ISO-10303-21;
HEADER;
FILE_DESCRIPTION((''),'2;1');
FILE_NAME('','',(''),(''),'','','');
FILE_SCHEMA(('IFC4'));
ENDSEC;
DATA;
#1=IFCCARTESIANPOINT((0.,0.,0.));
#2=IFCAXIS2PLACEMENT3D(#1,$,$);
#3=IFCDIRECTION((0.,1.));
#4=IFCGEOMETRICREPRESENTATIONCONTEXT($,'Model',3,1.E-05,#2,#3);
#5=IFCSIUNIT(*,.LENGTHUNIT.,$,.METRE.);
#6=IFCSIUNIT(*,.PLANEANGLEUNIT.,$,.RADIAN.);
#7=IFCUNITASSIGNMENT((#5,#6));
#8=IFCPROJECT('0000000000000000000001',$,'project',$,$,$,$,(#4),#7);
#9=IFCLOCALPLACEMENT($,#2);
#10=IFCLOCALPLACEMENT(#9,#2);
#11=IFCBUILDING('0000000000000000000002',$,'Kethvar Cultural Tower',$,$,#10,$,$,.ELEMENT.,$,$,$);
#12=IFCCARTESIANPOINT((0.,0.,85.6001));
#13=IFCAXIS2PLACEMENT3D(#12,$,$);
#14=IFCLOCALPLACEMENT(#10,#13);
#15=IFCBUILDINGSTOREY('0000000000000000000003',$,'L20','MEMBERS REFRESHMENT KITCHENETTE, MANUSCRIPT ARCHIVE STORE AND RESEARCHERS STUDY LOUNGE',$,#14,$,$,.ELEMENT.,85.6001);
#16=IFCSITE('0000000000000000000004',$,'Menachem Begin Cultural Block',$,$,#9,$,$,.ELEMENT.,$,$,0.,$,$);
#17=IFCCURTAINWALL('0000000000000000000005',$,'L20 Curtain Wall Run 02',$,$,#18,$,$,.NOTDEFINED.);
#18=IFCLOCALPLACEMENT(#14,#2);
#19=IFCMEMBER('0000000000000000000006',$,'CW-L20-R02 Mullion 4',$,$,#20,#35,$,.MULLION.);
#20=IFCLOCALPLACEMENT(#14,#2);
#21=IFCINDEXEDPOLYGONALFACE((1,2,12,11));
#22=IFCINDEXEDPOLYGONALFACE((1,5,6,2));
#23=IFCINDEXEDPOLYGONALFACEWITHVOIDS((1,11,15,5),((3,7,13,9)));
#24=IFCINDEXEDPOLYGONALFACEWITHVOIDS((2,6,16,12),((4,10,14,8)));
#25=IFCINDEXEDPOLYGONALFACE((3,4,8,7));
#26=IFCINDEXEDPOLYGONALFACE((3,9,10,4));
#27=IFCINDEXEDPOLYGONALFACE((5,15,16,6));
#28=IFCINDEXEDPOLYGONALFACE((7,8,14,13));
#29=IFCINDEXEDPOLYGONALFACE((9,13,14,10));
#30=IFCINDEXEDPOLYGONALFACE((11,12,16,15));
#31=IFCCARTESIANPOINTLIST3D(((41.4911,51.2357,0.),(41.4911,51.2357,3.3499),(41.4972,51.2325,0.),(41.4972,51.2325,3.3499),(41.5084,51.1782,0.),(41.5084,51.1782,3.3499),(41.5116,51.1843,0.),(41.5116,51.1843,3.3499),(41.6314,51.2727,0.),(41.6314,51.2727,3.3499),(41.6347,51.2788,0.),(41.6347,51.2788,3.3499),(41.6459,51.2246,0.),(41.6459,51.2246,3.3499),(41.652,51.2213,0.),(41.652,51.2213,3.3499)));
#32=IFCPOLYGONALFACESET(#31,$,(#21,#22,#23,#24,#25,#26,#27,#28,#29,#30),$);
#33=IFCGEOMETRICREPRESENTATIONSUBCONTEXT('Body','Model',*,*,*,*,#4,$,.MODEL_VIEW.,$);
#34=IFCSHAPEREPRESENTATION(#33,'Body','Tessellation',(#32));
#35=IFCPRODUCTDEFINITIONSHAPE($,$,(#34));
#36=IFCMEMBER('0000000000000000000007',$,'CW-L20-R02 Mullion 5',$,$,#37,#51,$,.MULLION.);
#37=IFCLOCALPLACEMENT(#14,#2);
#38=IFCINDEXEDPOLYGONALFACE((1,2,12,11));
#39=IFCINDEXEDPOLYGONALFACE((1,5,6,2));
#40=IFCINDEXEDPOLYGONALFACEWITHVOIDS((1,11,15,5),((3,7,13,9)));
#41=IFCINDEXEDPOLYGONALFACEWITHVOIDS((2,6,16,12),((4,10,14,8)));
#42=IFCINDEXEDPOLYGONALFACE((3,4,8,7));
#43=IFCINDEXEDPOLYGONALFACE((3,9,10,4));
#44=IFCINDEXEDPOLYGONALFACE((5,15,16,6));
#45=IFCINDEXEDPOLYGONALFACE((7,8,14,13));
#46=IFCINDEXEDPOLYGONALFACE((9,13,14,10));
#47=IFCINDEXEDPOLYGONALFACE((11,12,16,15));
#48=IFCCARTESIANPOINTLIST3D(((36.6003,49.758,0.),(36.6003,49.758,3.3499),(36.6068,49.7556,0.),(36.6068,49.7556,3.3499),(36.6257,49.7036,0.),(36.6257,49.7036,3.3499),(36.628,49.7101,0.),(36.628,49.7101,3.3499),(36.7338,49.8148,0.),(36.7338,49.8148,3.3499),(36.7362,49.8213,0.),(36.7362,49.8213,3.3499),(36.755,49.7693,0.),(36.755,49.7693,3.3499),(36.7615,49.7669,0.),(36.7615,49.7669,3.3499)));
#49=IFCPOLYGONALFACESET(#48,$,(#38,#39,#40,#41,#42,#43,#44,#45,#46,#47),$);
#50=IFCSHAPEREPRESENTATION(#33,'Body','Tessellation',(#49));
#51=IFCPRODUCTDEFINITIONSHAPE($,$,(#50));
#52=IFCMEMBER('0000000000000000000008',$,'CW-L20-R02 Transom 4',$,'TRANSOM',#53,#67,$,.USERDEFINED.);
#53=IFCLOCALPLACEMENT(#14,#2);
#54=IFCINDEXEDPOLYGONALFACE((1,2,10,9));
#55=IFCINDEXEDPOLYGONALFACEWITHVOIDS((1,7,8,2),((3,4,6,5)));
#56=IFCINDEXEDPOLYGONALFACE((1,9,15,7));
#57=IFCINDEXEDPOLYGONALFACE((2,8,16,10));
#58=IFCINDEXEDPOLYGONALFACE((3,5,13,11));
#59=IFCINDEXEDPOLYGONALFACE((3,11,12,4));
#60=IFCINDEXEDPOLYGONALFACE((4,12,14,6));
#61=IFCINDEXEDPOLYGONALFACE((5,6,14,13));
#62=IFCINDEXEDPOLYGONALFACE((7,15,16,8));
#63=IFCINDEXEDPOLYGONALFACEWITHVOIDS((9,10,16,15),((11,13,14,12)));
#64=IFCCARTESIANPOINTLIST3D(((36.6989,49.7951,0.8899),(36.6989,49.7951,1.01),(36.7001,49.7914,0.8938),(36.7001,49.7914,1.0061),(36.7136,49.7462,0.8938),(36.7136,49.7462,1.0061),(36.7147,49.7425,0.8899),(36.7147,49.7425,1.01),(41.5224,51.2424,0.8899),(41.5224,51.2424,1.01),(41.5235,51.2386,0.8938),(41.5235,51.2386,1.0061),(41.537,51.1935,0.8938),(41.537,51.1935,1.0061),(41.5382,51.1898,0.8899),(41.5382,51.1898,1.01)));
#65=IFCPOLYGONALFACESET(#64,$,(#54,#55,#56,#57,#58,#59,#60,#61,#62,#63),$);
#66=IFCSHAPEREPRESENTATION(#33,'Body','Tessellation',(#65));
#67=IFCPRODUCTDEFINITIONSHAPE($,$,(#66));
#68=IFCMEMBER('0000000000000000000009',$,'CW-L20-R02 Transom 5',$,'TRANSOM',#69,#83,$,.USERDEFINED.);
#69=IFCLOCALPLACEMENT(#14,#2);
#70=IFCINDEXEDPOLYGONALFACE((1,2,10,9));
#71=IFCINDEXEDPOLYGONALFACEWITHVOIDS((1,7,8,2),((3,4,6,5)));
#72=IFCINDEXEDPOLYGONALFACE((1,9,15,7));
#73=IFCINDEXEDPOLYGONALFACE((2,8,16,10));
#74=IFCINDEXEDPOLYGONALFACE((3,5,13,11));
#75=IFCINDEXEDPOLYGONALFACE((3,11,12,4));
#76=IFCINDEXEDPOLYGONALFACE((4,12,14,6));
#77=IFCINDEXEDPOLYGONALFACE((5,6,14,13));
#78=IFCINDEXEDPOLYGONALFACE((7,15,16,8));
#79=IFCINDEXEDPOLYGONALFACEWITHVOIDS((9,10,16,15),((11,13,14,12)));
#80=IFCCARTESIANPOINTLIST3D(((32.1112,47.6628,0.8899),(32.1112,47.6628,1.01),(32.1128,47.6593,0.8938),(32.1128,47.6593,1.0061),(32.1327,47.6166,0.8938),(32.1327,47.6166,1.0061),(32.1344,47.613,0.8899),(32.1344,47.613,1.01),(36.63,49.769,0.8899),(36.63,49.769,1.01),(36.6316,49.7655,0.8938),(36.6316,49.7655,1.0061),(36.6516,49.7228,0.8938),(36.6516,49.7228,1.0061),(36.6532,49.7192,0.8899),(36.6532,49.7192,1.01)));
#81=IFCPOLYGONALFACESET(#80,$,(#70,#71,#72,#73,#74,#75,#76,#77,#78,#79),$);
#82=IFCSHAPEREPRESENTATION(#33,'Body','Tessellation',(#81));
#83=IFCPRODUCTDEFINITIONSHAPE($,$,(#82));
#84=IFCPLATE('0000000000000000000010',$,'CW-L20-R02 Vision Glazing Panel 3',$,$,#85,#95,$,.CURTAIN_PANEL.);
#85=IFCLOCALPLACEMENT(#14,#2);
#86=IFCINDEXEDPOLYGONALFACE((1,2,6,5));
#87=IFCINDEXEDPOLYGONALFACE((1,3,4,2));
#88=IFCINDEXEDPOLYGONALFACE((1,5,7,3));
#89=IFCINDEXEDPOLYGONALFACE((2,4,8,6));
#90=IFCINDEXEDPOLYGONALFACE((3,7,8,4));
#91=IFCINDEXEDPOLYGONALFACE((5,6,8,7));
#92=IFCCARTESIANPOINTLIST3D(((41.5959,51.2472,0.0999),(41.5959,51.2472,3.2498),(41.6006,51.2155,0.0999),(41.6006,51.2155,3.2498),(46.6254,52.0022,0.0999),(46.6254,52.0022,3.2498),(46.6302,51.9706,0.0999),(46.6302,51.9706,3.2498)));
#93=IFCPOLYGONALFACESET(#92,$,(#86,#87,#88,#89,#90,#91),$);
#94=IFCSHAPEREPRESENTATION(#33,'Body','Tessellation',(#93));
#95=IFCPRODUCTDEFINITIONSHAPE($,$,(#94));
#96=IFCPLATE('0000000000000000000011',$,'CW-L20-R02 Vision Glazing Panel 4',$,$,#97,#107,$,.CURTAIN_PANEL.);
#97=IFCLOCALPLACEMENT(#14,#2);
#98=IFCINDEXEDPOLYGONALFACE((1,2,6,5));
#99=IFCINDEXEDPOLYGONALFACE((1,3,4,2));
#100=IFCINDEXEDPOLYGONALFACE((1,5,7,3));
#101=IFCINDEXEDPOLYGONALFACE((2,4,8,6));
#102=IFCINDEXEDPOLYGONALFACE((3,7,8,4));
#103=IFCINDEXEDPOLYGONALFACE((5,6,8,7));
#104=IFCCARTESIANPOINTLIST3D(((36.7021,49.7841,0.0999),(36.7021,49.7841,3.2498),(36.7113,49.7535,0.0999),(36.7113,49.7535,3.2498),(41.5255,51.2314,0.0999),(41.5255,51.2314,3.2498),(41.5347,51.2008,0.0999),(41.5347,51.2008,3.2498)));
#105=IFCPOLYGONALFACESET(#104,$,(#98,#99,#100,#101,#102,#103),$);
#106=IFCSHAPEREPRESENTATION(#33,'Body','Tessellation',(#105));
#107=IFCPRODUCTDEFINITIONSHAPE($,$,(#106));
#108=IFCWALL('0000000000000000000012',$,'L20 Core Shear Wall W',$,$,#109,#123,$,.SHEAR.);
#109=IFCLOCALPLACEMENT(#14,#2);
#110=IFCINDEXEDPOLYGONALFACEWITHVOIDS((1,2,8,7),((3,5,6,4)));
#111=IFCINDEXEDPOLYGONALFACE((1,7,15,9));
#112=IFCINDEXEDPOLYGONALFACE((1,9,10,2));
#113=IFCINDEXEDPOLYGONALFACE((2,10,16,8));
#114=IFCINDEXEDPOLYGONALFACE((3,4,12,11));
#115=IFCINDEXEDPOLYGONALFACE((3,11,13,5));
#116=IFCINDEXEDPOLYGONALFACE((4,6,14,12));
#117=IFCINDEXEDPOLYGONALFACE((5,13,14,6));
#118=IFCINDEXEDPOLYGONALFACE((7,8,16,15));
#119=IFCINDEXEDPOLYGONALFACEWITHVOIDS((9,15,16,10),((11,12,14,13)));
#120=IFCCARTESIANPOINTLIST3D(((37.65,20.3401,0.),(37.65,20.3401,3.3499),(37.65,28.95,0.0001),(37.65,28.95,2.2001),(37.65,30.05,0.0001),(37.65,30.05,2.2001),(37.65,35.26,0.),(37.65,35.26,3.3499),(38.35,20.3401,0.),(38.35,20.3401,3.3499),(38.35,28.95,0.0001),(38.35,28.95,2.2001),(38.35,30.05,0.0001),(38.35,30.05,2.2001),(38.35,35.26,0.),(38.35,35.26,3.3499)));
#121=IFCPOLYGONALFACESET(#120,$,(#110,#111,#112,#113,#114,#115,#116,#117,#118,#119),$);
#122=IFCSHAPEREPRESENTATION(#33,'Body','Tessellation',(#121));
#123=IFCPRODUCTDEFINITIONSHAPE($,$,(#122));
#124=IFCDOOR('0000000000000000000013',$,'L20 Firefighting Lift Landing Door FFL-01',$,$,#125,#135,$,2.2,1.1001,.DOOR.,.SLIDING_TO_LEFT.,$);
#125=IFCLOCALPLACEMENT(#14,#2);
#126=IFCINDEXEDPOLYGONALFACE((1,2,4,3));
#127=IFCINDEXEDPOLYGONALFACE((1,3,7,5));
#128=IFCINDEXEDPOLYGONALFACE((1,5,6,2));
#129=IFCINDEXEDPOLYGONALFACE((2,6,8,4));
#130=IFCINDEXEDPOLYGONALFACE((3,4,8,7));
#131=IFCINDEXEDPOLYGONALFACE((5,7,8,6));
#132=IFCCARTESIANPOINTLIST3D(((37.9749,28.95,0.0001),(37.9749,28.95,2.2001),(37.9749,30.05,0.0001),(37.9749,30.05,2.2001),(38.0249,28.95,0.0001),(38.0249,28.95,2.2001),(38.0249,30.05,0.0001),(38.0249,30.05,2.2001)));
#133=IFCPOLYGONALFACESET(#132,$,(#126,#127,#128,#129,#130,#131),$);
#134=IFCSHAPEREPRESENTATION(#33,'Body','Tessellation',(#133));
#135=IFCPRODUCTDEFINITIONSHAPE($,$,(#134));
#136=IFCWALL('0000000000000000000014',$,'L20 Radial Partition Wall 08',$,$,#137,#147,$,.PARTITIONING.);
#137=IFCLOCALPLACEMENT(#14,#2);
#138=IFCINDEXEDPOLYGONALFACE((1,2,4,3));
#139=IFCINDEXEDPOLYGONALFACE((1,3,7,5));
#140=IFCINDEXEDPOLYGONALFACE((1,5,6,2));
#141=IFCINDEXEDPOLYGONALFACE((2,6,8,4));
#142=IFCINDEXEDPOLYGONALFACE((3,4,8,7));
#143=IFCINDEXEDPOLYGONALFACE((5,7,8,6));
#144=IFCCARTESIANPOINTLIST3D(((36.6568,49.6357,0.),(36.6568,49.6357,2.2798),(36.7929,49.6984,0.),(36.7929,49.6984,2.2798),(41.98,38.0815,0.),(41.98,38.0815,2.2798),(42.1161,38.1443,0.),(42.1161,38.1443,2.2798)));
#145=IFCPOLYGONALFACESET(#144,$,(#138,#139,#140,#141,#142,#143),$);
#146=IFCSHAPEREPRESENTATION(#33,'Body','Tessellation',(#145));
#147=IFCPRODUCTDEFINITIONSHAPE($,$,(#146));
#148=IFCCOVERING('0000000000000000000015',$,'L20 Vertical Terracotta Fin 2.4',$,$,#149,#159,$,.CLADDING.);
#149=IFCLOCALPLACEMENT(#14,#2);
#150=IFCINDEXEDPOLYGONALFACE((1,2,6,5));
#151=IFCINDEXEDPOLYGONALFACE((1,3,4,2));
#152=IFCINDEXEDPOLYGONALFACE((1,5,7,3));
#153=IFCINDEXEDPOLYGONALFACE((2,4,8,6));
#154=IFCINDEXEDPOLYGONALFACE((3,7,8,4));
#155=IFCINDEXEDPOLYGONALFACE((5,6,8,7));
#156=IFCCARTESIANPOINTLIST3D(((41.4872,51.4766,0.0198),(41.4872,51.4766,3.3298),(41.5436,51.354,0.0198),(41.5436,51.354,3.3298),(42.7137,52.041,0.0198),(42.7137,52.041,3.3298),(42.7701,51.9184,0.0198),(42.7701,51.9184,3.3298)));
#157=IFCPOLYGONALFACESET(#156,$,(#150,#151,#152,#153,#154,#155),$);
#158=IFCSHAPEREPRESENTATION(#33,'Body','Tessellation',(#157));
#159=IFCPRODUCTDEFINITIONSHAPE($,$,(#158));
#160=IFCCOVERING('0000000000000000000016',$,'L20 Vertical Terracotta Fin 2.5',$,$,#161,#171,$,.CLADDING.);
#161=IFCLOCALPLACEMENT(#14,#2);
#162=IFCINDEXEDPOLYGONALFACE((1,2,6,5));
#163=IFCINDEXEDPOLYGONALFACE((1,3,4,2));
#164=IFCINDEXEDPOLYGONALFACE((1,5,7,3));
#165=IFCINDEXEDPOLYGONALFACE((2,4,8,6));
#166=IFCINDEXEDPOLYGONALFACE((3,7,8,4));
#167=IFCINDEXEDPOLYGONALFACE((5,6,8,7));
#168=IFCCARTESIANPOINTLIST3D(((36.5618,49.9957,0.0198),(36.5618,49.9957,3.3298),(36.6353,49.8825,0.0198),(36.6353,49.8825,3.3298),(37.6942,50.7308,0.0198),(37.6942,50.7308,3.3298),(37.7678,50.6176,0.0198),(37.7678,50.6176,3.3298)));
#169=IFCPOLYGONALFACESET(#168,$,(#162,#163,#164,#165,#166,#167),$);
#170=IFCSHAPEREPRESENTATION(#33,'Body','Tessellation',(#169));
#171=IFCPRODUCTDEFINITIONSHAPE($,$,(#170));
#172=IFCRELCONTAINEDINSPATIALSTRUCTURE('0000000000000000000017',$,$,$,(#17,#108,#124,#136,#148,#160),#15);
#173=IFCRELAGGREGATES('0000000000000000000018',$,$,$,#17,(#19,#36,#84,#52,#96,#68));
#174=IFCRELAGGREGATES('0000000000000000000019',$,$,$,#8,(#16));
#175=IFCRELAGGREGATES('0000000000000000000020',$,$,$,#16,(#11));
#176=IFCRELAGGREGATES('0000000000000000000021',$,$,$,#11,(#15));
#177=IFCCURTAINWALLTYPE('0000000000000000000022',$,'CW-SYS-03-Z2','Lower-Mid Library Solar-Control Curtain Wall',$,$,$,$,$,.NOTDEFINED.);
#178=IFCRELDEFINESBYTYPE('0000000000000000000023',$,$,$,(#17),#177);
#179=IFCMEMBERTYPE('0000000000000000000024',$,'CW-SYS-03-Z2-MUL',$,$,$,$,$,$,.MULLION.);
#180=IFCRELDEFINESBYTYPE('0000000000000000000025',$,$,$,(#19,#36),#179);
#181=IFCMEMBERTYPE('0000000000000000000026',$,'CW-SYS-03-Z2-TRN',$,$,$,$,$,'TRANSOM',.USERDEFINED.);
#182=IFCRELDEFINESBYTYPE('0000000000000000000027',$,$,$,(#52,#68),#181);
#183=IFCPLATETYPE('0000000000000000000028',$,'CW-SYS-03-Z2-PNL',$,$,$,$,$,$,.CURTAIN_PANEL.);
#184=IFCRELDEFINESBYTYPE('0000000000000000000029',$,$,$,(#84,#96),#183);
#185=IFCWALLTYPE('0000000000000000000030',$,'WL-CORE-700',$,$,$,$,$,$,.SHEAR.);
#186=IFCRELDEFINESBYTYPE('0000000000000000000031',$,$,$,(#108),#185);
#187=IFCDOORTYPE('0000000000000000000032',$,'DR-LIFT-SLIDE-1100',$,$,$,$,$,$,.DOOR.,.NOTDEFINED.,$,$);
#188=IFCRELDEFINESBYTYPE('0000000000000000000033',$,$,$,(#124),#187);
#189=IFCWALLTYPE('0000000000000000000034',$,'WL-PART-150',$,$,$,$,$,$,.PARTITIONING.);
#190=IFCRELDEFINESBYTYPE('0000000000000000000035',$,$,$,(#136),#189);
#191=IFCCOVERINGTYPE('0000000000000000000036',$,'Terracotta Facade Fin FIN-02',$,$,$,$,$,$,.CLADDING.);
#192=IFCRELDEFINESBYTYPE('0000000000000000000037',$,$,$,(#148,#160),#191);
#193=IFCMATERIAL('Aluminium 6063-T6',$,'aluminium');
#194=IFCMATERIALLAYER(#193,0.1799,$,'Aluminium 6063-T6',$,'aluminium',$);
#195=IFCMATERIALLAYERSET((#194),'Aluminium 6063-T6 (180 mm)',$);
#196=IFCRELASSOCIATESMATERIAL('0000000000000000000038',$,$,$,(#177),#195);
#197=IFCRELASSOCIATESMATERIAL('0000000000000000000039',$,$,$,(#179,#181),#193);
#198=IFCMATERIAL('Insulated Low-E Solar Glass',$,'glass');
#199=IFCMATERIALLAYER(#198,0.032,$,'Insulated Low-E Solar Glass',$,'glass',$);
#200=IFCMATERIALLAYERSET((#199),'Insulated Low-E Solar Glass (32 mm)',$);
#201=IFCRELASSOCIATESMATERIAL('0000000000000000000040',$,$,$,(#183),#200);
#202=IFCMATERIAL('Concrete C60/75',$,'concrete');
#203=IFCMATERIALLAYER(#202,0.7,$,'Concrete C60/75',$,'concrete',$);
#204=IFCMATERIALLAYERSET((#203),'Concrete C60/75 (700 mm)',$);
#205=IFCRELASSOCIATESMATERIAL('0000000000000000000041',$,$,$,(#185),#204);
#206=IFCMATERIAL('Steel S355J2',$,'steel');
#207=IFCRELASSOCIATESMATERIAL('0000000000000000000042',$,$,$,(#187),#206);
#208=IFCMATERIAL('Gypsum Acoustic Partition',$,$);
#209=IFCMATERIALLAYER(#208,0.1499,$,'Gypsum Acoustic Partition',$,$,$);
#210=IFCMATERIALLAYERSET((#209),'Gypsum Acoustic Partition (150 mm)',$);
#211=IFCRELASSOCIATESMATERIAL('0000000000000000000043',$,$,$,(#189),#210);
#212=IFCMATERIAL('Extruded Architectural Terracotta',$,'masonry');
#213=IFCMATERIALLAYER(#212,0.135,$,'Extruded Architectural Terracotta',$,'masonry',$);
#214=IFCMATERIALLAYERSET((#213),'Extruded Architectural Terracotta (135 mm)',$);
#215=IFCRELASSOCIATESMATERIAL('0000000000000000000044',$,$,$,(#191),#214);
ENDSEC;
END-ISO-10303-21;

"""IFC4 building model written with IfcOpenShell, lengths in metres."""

from ifc_helpers import new_model, si_unit, direction, frame, frame_2d, origin, origin_2d, place, context, subcontext, project, spatial, rectangle, hollow_rectangle, extrude, source, transform, mapped, material, layer, layer_set, material_profile, profile_set, type_object, element, fill, aggregate, save


model = new_model("IFC4")

# Units and contexts
model_context = context("Model", 3, precision=1e-05, world=origin(), true_north=direction((0.0, 1.0)))
body_context = subcontext(model_context, "Body", "Model", "MODEL_VIEW")
ifc_project = project(units=[si_unit("LENGTHUNIT", "METRE"), si_unit("PLANEANGLEUNIT", "RADIAN")], contexts=[model_context])

# Site, building, storey
site_placement = place(None, origin())
site = spatial("IfcSite", under=ifc_project, at=site_placement, Name="Menachem Begin Cultural Block", CompositionType="ELEMENT", RefElevation=0.0)
building_placement = place(site_placement, origin())
building = spatial("IfcBuilding", under=site, at=building_placement, Name="Kethvar Cultural Tower", CompositionType="ELEMENT")
storey_placement = place(building_placement, frame((0.0, 0.0, 85.6001)))
storey = spatial("IfcBuildingStorey", under=building, at=storey_placement, Name="L20", Description="MEMBERS REFRESHMENT KITCHENETTE, MANUSCRIPT ARCHIVE STORE AND RESEARCHERS STUDY LOUNGE", CompositionType="ELEMENT", Elevation=85.6001)

# Shared definitions
ifc_material_1 = material(Name="Steel S355J2", Category="steel")

# Curtain wall, members, plates
ifc_material_2 = material(Name="Aluminium 6063-T6", Category="aluminium")
ifc_layer_1 = layer(ifc_material_2, 0.1799, Name="Aluminium 6063-T6", Category="aluminium")
ifc_layer_set_1 = layer_set([ifc_layer_1], Name="Aluminium 6063-T6 (180 mm)")
curtain_wall_type = type_object("IfcCurtainWallType", Name="CW-SYS-03-Z2", Description="Lower-Mid Library Solar-Control Curtain Wall", PredefinedType="NOTDEFINED", material=ifc_layer_set_1)
curtain_wall_placement = place(storey_placement, origin())
curtain_wall = element("IfcCurtainWall", 1, at=curtain_wall_placement, inside=storey, type_object=curtain_wall_type, Name="L20 Curtain Wall Run 02", PredefinedType="NOTDEFINED")
ifc_material_profile_1 = material_profile(ifc_material_2, hollow_rectangle(XDim=0.0601, YDim=0.1499, WallThickness=0.0049, at=origin_2d()), Name="Aluminium 6063-T6 — RHS150x60x5")
ifc_profile_set_1 = profile_set([ifc_material_profile_1], Name="Aluminium 6063-T6 — RHS150x60x5")
member_type_1 = type_object("IfcMemberType", Name="CW-SYS-03-Z2-MUL", PredefinedType="MULLION", material=ifc_profile_set_1)
shared_shape_1 = source(origin(), body_context, "Body", "SweptSolid", [
    extrude(hollow_rectangle(XDim=0.0601, YDim=0.1499, WallThickness=0.0049, at=origin_2d()), origin(), (0.0, 0.0, 1.0), 3.3499),
])
member_1_placement = place(storey_placement, frame((41.5715, 51.2285, 0.0), z_axis=(0.0, 0.0, 1.0), x_axis=(0.287394, -0.957812, 0.0)))
member_1 = element("IfcMember", 2, at=member_1_placement, type_object=member_type_1, Name="CW-L20-R02 Mullion 4", PredefinedType="MULLION", context=body_context, shape_type="MappedRepresentation", body=[
    mapped(shared_shape_1, transform((0.0, 0.0, 0.0), scale=1.0)),
])
member_2_placement = place(storey_placement, frame((36.6809, 49.7625, 0.0), z_axis=(0.0, 0.0, 1.0), x_axis=(0.422444, -0.906389, 0.0)))
member_2 = element("IfcMember", 3, at=member_2_placement, type_object=member_type_1, Name="CW-L20-R02 Mullion 5", PredefinedType="MULLION", context=body_context, shape_type="MappedRepresentation", body=[
    mapped(shared_shape_1, transform((0.0, 0.0, 0.0), scale=1.0)),
])
ifc_material_profile_2 = material_profile(ifc_material_2, hollow_rectangle(XDim=0.0549, YDim=0.1201, WallThickness=0.0039, at=origin_2d()), Name="Aluminium 6063-T6 — RHS120x55x4")
ifc_profile_set_2 = profile_set([ifc_material_profile_2], Name="Aluminium 6063-T6 — RHS120x55x4")
member_type_2 = type_object("IfcMemberType", Name="CW-SYS-03-Z2-TRN", ElementType="TRANSOM", PredefinedType="USERDEFINED", material=ifc_profile_set_2)
shared_shape_2 = source(origin(), body_context, "Body", "SweptSolid", [
    extrude(hollow_rectangle(XDim=0.0549, YDim=0.1201, WallThickness=0.0039, at=origin_2d()), origin(), (0.0, 0.0, 1.0), 5.0359),
])
member_3_placement = place(storey_placement, frame((41.5303, 51.2161, 0.95), z_axis=(-0.957814, -0.287388, 0.0), x_axis=(0.287388, -0.957814, 0.0)))
member_3 = element("IfcMember", 4, at=member_3_placement, type_object=member_type_2, Name="CW-L20-R02 Transom 4", ObjectType="TRANSOM", PredefinedType="USERDEFINED", context=body_context, shape_type="MappedRepresentation", body=[
    mapped(shared_shape_2, transform((0.0, 0.0, 0.0), scale=1.0)),
])
shared_shape_3 = source(origin(), body_context, "Body", "SweptSolid", [
    extrude(hollow_rectangle(XDim=0.0549, YDim=0.1201, WallThickness=0.0039, at=origin_2d()), origin(), (0.0, 0.0, 1.0), 4.9856),
])
member_4_placement = place(storey_placement, frame((36.6416, 49.7441, 0.95), z_axis=(-0.906381, -0.422462, 0.0), x_axis=(0.422462, -0.906381, 0.0)))
member_4 = element("IfcMember", 5, at=member_4_placement, type_object=member_type_2, Name="CW-L20-R02 Transom 5", ObjectType="TRANSOM", PredefinedType="USERDEFINED", context=body_context, shape_type="MappedRepresentation", body=[
    mapped(shared_shape_3, transform((0.0, 0.0, 0.0), scale=1.0)),
])
ifc_material_3 = material(Name="Insulated Low-E Solar Glass", Category="glass")
ifc_layer_2 = layer(ifc_material_3, 0.032, Name="Insulated Low-E Solar Glass", Category="glass")
ifc_layer_set_2 = layer_set([ifc_layer_2], Name="Insulated Low-E Solar Glass (32 mm)")
plate_type = type_object("IfcPlateType", Name="CW-SYS-03-Z2-PNL", PredefinedType="CURTAIN_PANEL", material=ifc_layer_set_2)
shared_shape_4 = source(origin(), body_context, "Body", "SweptSolid", [
    extrude(rectangle(XDim=5.0859, YDim=0.032, at=origin_2d()), origin(), (0.0, 0.0, 1.0), 3.1499),
])
plate_1_placement = place(storey_placement, frame((44.113, 51.6089, 0.0999), z_axis=(0.0, 0.0, 1.0), x_axis=(-0.988918, -0.148465, 0.0)))
plate_1 = element("IfcPlate", 6, at=plate_1_placement, type_object=plate_type, Name="CW-L20-R02 Vision Glazing Panel 3", PredefinedType="CURTAIN_PANEL", context=body_context, shape_type="MappedRepresentation", body=[
    mapped(shared_shape_4, transform((0.0, 0.0, 0.0), scale=1.0)),
])
shared_shape_5 = source(origin(), body_context, "Body", "SweptSolid", [
    extrude(rectangle(XDim=5.0359, YDim=0.032, at=origin_2d()), origin(), (0.0, 0.0, 1.0), 3.1499),
])
plate_2_placement = place(storey_placement, frame((39.1184, 50.4924, 0.0999), z_axis=(0.0, 0.0, 1.0), x_axis=(-0.957812, -0.287394, 0.0)))
plate_2 = element("IfcPlate", 7, at=plate_2_placement, type_object=plate_type, Name="CW-L20-R02 Vision Glazing Panel 4", PredefinedType="CURTAIN_PANEL", context=body_context, shape_type="MappedRepresentation", body=[
    mapped(shared_shape_5, transform((0.0, 0.0, 0.0), scale=1.0)),
])
aggregate(curtain_wall, [member_1, member_2, plate_1, member_3, plate_2, member_4])

# Wall, opening, door
ifc_material_4 = material(Name="Concrete C60/75", Category="concrete")
ifc_layer_3 = layer(ifc_material_4, 0.7, Name="Concrete C60/75", Category="concrete")
ifc_layer_set_3 = layer_set([ifc_layer_3], Name="Concrete C60/75 (700 mm)")
wall_type_1 = type_object("IfcWallType", Name="WL-CORE-700", PredefinedType="SHEAR", material=ifc_layer_set_3)
wall_1_placement = place(storey_placement, frame((38.0, 35.26, 0.0), z_axis=(0.0, 0.0, 1.0), x_axis=(0.0, -1.0, 0.0)))
wall_1 = element("IfcWall", 8, at=wall_1_placement, inside=storey, type_object=wall_type_1, Name="L20 Core Shear Wall W", PredefinedType="SHEAR", context=body_context, shape_type="SweptSolid", body=[
    extrude(rectangle(XDim=14.9199, YDim=0.7, at=frame_2d((7.46, 0.0))), origin(), (0.0, 0.0, 1.0), 3.3499),
])
opening_placement = place(wall_1_placement, frame((5.21, 0.0, 0.0)))
opening = element("IfcOpeningElement", 9, at=opening_placement, cuts=wall_1, PredefinedType="OPENING", context=body_context, shape_type="SweptSolid", body=[
    extrude(rectangle(XDim=1.1001, YDim=2.2, at=frame_2d((0.55, 1.1001))), frame((0.0, 0.3599, 0.0), z_axis=(0.0, -1.0, 0.0), x_axis=(1.0, 0.0, 0.0)), (0.0, 0.0, 1.0), 0.72),
])
door_type = type_object("IfcDoorType", Name="DR-LIFT-SLIDE-1100", OperationType="NOTDEFINED", PredefinedType="DOOR", material=ifc_material_1)
shared_shape_6 = source(origin(), body_context, "Body", "SweptSolid", [
    extrude(rectangle(XDim=1.1001, YDim=2.2, at=frame_2d((0.55, 1.1001))), frame((0.0, 0.0249, 0.0), z_axis=(0.0, -1.0, 0.0), x_axis=(1.0, 0.0, 0.0)), (0.0, 0.0, 1.0), 0.05),
])
door_placement = place(opening_placement, origin())
door = element("IfcDoor", 10, at=door_placement, inside=storey, type_object=door_type, Name="L20 Firefighting Lift Landing Door FFL-01", OperationType="SLIDING_TO_LEFT", OverallHeight=2.2, OverallWidth=1.1001, PredefinedType="DOOR", context=body_context, shape_type="MappedRepresentation", body=[
    mapped(shared_shape_6, transform((0.0, 0.0, 0.0), scale=1.0)),
])
fill(opening, door)

# Wall
ifc_material_5 = material(Name="Gypsum Acoustic Partition")
ifc_layer_4 = layer(ifc_material_5, 0.1499, Name="Gypsum Acoustic Partition")
ifc_layer_set_4 = layer_set([ifc_layer_4], Name="Gypsum Acoustic Partition (150 mm)")
wall_type_2 = type_object("IfcWallType", Name="WL-PART-150", PredefinedType="PARTITIONING", material=ifc_layer_set_4)
wall_2_placement = place(storey_placement, frame((42.0481, 38.1128, 0.0), z_axis=(0.0, 0.0, 1.0), x_axis=(-0.418445, 0.908242, 0.0)))
element("IfcWall", 11, at=wall_2_placement, inside=storey, type_object=wall_type_2, Name="L20 Radial Partition Wall 08", PredefinedType="PARTITIONING", context=body_context, shape_type="SweptSolid", body=[
    extrude(rectangle(XDim=12.7214, YDim=0.1499, at=frame_2d((6.3608, 0.0))), origin(), (0.0, 0.0, 1.0), 2.2798),
])

# Coverings
ifc_material_6 = material(Name="Extruded Architectural Terracotta", Category="masonry")
ifc_layer_5 = layer(ifc_material_6, 0.135, Name="Extruded Architectural Terracotta", Category="masonry")
ifc_layer_set_5 = layer_set([ifc_layer_5], Name="Extruded Architectural Terracotta (135 mm)")
covering_type = type_object("IfcCoveringType", Name="Terracotta Facade Fin FIN-02", PredefinedType="CLADDING", material=ifc_layer_set_5)
shared_shape_7 = source(origin(), body_context, "Body", "SweptSolid", [
    extrude(rectangle(XDim=1.3501, YDim=0.135, at=origin_2d()), origin(), (0.0, 0.0, 1.0), 3.3101),
])
for number, where, z_axis, x_axis, name in (
    (12, (42.1287, 51.6975, 0.0198), (0.0, 0.0, 1.0), (0.908435, 0.418026, 0.0), "L20 Vertical Terracotta Fin 2.4"),
    (13, (37.1648, 50.3066, 0.0198), (0.0, 0.0, 1.0), (0.838766, 0.544493, 0.0), "L20 Vertical Terracotta Fin 2.5"),
):
    element("IfcCovering", number, at=place(storey_placement, frame(where, z_axis=z_axis, x_axis=x_axis)), inside=storey, type_object=covering_type, Name=name, PredefinedType="CLADDING", context=body_context, shape_type="MappedRepresentation", body=[
        mapped(shared_shape_7, transform((0.0, 0.0, 0.0), scale=1.0)),
    ])

save(model, "model.ifc")
